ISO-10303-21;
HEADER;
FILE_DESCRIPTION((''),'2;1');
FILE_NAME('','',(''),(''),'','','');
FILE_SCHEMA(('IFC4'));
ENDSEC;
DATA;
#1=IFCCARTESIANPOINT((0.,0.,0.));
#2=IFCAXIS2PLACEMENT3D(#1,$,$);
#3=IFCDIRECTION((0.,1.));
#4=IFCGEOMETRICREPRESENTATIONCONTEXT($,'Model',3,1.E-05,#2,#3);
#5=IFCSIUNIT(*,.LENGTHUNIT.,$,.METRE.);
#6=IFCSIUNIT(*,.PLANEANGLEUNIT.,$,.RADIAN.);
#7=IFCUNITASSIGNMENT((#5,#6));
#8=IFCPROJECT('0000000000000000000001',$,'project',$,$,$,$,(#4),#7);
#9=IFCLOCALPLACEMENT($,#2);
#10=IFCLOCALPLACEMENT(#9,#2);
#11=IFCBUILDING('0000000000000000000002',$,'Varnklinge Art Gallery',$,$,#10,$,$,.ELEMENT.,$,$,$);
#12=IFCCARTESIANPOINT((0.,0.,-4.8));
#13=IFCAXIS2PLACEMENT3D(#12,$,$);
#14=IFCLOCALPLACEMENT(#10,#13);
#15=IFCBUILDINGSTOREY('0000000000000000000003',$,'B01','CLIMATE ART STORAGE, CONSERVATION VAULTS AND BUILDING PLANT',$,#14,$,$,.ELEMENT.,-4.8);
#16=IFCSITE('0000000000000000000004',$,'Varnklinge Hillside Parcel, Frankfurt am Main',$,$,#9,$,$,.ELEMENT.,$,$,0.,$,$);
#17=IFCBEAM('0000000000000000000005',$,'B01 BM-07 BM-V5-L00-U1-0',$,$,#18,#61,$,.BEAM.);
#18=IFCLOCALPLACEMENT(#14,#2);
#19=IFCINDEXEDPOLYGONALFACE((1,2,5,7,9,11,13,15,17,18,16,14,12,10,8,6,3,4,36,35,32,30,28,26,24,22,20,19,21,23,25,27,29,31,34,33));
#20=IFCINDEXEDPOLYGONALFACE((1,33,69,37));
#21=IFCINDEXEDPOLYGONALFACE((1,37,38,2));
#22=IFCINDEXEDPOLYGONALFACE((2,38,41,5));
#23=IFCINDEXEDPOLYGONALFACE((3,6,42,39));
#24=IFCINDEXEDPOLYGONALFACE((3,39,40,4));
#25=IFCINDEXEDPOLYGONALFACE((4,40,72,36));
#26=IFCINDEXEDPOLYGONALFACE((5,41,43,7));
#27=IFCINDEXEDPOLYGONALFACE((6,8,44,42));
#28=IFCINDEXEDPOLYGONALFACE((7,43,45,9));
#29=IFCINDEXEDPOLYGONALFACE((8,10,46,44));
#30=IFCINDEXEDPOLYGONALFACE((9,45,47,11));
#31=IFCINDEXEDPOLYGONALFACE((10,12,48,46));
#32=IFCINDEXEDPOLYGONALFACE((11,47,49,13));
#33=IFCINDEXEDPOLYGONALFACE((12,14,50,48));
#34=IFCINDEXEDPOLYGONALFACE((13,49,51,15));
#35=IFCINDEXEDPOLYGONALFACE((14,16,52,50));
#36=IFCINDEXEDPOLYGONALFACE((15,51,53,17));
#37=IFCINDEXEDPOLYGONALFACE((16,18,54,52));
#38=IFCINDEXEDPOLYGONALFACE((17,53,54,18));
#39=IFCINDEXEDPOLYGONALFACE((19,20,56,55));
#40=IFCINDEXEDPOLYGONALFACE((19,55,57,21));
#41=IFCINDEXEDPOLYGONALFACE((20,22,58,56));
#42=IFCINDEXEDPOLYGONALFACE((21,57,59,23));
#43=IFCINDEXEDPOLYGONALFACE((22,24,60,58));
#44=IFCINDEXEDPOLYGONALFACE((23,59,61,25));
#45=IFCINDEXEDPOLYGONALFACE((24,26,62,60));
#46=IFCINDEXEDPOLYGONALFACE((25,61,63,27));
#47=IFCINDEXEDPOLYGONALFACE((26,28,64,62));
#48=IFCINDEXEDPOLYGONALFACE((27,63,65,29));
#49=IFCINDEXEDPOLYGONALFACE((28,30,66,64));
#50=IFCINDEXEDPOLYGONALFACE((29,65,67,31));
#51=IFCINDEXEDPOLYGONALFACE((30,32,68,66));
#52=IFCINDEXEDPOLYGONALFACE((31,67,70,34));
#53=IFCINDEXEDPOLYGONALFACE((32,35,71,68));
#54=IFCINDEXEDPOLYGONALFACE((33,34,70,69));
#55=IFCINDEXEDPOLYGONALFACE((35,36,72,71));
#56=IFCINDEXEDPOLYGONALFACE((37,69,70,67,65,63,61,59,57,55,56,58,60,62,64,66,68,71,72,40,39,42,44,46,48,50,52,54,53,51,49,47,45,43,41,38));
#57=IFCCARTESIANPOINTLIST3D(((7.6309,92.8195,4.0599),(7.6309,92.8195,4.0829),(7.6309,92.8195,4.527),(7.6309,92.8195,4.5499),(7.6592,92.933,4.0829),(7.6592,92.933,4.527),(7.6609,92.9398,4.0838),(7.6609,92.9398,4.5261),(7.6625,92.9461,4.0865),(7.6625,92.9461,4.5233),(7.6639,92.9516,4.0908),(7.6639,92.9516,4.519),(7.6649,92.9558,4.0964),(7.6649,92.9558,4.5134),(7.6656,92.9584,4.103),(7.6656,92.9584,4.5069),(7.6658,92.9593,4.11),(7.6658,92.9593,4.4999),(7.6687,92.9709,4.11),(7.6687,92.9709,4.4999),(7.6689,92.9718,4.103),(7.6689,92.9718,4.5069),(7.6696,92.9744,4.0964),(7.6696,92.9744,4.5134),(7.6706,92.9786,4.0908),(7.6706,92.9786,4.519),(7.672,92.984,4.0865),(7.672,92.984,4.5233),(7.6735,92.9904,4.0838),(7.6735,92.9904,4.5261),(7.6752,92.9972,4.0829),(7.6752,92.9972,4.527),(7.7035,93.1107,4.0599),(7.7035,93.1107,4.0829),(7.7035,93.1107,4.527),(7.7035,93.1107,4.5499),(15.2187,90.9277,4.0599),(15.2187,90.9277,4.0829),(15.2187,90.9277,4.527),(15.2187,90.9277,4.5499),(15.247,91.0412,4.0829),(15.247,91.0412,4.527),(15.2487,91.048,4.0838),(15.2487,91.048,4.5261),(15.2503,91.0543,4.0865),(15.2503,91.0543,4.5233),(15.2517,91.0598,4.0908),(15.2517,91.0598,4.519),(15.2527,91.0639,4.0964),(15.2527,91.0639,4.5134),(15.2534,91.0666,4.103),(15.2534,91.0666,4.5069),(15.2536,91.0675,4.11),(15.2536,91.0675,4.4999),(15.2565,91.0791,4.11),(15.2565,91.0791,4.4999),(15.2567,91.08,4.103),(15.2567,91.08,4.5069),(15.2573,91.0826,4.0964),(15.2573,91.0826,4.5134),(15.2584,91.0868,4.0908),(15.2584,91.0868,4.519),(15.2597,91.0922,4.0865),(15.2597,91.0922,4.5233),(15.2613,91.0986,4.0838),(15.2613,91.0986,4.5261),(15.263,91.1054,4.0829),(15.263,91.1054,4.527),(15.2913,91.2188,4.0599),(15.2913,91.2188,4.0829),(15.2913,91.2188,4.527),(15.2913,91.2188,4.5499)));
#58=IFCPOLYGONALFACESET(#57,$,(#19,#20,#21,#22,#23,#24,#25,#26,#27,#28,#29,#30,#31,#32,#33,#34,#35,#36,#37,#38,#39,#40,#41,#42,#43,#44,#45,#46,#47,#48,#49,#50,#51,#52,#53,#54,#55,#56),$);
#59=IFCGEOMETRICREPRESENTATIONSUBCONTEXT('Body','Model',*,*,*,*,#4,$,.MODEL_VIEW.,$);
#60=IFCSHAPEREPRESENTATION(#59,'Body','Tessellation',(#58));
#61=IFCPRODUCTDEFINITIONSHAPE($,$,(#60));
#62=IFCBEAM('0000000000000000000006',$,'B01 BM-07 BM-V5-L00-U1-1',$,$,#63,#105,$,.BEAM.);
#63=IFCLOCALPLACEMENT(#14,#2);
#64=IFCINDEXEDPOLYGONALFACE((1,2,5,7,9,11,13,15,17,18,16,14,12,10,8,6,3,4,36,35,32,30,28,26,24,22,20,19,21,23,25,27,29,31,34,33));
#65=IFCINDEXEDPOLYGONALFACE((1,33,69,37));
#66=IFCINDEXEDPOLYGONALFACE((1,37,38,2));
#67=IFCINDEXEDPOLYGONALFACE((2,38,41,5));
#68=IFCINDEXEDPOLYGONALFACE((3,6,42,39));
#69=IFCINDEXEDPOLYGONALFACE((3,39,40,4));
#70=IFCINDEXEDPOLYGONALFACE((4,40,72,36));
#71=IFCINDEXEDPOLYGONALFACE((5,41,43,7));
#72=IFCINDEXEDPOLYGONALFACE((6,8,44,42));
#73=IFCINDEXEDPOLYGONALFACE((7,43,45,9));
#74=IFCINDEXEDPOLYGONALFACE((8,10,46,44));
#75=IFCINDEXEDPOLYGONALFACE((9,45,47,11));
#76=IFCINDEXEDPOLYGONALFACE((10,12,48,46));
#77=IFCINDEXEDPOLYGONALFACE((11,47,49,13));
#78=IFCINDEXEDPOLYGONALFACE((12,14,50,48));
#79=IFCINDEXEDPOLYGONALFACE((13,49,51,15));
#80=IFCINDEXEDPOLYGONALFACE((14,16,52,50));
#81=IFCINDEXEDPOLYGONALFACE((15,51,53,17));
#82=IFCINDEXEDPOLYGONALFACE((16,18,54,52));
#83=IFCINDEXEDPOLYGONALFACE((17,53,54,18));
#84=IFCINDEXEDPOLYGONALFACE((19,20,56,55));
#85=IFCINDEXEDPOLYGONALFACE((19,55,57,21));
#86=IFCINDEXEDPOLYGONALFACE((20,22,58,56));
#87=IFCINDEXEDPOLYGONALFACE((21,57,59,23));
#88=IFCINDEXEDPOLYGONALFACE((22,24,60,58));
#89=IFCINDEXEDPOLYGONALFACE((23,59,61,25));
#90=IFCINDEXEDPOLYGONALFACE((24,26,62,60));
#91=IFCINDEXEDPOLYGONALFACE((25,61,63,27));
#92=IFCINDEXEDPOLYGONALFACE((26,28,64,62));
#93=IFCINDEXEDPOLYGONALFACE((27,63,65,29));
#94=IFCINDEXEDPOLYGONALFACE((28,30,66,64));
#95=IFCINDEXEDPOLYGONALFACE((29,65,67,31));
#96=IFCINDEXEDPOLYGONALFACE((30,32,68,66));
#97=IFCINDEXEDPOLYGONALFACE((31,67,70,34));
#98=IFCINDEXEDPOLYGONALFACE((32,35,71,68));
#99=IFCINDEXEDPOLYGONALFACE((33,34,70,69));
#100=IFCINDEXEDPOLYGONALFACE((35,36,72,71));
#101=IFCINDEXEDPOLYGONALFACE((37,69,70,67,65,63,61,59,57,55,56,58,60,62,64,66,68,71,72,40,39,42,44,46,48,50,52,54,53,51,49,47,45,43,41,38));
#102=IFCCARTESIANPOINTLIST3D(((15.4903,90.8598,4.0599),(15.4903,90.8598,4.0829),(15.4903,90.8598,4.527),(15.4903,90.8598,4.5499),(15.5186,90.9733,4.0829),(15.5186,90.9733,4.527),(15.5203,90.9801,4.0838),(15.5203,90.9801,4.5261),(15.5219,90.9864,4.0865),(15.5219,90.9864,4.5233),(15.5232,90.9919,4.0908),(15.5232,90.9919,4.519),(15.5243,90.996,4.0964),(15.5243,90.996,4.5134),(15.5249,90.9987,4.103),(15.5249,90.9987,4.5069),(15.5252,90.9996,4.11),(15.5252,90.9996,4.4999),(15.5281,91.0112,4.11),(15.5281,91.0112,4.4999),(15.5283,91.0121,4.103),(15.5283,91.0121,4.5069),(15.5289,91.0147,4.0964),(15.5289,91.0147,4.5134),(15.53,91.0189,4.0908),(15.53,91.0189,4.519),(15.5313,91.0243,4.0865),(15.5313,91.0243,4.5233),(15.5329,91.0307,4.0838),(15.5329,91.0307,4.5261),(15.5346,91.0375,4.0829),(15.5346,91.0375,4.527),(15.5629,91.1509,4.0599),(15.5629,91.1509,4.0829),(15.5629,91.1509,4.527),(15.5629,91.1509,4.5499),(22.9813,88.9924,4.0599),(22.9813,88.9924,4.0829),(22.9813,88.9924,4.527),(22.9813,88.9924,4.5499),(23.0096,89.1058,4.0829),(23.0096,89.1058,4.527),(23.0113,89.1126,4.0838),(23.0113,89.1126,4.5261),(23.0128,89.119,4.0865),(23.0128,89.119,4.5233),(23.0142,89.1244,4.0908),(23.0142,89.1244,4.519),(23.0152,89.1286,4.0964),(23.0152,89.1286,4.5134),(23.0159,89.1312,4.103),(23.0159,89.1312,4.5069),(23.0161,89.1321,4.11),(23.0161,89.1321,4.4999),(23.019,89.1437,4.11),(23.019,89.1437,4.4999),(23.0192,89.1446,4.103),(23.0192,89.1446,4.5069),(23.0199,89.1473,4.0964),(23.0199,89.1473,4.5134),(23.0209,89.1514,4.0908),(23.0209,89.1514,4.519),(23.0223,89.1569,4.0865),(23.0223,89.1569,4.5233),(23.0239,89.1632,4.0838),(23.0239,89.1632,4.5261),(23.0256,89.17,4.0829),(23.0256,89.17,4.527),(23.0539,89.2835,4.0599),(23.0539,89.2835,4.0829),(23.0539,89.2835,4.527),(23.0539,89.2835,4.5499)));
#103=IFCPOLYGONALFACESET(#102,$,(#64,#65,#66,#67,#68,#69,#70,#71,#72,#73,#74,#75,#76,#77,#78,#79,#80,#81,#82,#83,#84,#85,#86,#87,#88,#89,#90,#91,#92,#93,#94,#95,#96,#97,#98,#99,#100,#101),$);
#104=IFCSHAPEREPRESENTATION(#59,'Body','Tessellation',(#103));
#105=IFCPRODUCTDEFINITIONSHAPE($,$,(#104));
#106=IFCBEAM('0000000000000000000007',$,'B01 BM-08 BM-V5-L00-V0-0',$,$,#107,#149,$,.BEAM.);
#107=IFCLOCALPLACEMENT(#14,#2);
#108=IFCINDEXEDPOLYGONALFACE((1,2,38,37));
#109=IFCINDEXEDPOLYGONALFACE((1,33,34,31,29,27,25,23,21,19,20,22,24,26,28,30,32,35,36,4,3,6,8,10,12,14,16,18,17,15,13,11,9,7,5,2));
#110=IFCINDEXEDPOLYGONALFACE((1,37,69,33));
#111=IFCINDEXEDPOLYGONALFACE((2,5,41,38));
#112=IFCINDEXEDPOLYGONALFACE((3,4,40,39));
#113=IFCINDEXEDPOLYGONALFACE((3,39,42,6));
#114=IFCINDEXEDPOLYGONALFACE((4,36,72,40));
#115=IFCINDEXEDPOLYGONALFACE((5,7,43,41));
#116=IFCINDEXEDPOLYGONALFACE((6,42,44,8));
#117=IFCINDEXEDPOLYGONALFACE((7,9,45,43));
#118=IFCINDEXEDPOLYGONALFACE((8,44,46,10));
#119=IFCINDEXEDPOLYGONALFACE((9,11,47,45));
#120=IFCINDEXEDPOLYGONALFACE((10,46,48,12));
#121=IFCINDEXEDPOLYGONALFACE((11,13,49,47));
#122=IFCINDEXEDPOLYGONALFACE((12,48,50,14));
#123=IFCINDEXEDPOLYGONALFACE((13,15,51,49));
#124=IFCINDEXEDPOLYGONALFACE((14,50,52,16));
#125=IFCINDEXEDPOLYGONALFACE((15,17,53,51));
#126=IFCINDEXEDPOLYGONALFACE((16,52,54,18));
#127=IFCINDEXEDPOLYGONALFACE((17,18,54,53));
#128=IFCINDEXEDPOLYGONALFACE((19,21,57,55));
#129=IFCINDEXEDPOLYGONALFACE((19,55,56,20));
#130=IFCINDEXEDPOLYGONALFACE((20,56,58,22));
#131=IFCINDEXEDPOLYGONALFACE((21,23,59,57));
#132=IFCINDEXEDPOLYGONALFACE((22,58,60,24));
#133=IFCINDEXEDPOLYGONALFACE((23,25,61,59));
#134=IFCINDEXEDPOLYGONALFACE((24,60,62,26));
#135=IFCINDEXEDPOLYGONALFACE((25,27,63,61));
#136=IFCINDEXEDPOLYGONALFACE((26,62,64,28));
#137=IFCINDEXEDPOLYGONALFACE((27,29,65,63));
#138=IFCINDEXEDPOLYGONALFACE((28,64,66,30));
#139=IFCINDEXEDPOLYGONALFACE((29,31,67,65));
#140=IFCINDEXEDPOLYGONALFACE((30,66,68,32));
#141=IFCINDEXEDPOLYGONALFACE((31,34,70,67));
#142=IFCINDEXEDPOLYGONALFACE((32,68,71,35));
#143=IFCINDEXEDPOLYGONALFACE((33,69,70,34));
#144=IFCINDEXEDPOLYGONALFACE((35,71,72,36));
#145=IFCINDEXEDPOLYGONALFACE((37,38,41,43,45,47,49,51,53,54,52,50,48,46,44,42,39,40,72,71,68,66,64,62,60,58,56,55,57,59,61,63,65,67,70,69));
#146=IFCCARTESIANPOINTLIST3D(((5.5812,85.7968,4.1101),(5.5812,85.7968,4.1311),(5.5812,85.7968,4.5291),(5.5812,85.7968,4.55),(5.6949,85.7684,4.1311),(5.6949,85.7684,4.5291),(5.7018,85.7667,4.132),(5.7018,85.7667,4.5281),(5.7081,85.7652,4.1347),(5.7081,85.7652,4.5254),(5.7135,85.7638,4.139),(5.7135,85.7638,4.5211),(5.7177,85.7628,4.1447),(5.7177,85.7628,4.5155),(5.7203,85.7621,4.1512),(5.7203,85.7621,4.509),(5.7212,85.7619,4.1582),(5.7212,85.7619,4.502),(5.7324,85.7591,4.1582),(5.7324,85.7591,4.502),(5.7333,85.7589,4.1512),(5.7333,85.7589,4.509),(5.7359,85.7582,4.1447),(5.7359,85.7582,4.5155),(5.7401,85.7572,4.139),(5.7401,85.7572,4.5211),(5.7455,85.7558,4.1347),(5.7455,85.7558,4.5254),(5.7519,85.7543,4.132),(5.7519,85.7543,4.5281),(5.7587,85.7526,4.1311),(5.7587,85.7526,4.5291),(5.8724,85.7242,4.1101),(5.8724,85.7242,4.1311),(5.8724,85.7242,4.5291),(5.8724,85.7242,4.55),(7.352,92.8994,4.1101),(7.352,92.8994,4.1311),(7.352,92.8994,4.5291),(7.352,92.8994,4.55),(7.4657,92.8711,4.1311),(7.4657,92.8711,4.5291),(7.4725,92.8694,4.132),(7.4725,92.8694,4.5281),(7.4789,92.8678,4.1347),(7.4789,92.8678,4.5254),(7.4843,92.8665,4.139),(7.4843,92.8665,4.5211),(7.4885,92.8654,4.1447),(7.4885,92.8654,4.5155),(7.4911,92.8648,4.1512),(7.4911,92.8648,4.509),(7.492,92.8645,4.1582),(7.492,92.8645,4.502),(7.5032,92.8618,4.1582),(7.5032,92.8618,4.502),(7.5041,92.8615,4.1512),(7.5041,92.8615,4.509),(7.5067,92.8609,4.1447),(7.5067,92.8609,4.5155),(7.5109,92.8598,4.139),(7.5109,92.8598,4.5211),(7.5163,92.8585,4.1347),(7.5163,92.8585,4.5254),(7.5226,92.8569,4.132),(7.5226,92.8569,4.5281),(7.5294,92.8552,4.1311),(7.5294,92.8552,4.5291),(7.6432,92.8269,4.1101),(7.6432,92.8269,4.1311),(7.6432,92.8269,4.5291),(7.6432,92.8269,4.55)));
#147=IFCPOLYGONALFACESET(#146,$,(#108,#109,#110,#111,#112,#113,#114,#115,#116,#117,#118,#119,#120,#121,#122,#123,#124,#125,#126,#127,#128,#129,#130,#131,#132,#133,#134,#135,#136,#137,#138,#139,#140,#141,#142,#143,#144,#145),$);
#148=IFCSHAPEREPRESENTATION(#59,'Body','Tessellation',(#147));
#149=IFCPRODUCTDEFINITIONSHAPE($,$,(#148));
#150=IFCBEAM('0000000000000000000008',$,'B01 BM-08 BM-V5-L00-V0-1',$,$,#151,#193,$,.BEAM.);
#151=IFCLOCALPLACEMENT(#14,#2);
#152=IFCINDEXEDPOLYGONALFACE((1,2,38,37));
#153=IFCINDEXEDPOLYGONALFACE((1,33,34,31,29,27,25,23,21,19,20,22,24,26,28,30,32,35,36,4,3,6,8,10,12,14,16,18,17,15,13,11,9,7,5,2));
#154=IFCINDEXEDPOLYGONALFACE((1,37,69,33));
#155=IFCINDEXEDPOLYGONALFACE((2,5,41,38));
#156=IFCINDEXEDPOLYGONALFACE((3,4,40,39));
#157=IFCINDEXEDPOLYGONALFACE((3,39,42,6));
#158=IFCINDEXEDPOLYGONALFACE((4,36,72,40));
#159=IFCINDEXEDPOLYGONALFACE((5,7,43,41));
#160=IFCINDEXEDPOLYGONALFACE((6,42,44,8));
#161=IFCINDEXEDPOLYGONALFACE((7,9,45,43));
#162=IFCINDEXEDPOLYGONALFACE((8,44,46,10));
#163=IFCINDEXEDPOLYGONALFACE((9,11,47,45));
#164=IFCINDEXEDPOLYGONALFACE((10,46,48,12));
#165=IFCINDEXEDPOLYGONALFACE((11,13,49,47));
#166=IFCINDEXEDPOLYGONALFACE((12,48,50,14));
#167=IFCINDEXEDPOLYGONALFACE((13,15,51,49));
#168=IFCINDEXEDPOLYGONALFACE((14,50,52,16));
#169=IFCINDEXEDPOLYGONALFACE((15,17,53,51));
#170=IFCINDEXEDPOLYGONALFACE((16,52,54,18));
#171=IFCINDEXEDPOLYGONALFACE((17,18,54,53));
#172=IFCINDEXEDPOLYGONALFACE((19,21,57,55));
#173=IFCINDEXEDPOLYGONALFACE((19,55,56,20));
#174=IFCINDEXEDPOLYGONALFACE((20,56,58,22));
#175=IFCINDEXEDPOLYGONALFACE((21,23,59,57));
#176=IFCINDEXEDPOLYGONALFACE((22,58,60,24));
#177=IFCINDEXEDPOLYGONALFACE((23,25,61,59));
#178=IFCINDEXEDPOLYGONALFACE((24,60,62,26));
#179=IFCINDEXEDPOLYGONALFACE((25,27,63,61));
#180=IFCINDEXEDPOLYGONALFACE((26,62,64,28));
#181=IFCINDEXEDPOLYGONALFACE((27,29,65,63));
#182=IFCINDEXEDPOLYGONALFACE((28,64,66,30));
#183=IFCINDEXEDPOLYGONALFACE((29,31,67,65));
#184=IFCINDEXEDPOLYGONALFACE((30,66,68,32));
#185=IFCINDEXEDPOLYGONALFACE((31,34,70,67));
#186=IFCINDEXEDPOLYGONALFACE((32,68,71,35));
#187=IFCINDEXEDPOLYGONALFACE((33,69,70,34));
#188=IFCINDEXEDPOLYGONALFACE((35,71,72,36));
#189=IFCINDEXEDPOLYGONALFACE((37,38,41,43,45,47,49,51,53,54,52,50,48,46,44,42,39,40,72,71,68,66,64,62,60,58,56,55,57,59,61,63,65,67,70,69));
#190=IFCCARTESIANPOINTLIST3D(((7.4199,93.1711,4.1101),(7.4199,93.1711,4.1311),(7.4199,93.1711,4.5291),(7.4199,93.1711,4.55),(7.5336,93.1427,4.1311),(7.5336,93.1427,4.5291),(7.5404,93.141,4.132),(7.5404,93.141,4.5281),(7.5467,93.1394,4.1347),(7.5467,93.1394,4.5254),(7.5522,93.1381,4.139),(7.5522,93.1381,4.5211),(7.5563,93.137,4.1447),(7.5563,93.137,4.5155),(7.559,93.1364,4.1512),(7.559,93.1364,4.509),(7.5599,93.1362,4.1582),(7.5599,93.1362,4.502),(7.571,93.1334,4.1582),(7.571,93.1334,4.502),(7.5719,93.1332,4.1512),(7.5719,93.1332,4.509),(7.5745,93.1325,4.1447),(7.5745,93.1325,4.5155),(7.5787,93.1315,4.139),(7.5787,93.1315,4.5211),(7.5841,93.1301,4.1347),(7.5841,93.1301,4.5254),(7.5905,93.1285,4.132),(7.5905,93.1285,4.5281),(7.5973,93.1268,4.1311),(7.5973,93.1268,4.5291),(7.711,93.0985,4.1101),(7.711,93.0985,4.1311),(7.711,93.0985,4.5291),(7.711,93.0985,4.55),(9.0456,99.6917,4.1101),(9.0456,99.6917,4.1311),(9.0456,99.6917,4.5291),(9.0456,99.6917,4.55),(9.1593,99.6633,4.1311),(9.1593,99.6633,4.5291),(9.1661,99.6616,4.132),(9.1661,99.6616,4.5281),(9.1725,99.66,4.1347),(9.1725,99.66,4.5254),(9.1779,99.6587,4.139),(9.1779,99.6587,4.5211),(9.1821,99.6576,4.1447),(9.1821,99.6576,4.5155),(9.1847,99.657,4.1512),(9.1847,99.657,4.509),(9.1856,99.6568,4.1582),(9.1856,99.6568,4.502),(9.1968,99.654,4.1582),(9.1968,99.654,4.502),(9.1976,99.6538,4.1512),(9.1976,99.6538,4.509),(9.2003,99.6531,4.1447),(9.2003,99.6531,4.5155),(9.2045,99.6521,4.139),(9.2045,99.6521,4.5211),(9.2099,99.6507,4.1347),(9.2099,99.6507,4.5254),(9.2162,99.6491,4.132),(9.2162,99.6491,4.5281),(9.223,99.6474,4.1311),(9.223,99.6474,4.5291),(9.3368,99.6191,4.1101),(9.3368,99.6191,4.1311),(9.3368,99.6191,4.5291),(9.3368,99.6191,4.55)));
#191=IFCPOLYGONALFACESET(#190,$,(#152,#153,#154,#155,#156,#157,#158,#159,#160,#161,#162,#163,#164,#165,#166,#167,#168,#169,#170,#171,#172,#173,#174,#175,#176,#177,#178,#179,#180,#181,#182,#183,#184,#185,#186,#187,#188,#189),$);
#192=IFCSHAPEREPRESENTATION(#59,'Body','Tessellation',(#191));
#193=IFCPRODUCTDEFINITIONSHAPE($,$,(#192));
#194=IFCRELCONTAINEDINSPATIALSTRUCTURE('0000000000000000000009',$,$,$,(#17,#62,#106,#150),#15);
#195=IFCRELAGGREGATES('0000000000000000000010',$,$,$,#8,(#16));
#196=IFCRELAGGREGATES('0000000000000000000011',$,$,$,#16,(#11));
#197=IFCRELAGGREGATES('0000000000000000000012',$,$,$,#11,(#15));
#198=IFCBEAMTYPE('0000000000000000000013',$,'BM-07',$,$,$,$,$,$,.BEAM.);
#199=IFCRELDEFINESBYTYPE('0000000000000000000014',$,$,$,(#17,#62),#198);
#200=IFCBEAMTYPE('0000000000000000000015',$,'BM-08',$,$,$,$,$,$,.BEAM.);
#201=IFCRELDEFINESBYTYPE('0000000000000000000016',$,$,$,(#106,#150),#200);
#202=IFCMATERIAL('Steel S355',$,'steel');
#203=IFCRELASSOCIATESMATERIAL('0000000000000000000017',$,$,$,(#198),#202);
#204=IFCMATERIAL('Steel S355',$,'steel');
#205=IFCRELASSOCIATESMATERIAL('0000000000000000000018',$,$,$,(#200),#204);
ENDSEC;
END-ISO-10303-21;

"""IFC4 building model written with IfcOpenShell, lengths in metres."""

from ifc_helpers import new_model, si_unit, direction, frame, origin, origin_2d, place, context, subcontext, project, spatial, i_section, extrude, material, material_profile, profile_set, type_object, element, save


model = new_model("IFC4")

# Units and contexts
model_context = context("Model", 3, precision=1e-05, world=origin(), true_north=direction((0.0, 1.0)))
body_context = subcontext(model_context, "Body", "Model", "MODEL_VIEW")
ifc_project = project(units=[si_unit("LENGTHUNIT", "METRE"), si_unit("PLANEANGLEUNIT", "RADIAN")], contexts=[model_context])

# Site, building, storey
site_placement = place(None, origin())
site = spatial("IfcSite", under=ifc_project, at=site_placement, Name="Varnklinge Hillside Parcel, Frankfurt am Main", CompositionType="ELEMENT", RefElevation=0.0)
building_placement = place(site_placement, origin())
building = spatial("IfcBuilding", under=site, at=building_placement, Name="Varnklinge Art Gallery", CompositionType="ELEMENT")
storey_placement = place(building_placement, frame((0.0, 0.0, -4.8)))
storey = spatial("IfcBuildingStorey", under=building, at=storey_placement, Name="B01", Description="CLIMATE ART STORAGE, CONSERVATION VAULTS AND BUILDING PLANT", CompositionType="ELEMENT", Elevation=-4.8)

# Beams
ifc_material_1 = material(Name="Steel S355", Category="steel")
ifc_material_profile_1 = material_profile(ifc_material_1, i_section(OverallWidth=0.3, OverallDepth=0.49, WebThickness=0.012, FlangeThickness=0.0229, FilletRadius=0.0271, at=origin_2d()), Name="HEA 500")
ifc_profile_set_1 = profile_set([ifc_material_profile_1], Name="Steel S355")
beam_type_1 = type_object("IfcBeamType", Name="BM-07", PredefinedType="BEAM", material=ifc_profile_set_1)
for number, where, z_axis, x_axis, name in (
    (1, (7.6672, 92.9651, 4.3049), (0.970297, -0.241919, 0.0), (0.241919, 0.970297, 0.0), "B01 BM-07 BM-V5-L00-U1-0"),
):
    element("IfcBeam", number, at=place(storey_placement, frame(where, z_axis=z_axis, x_axis=x_axis)), inside=storey, type_object=beam_type_1, Name=name, PredefinedType="BEAM", context=body_context, shape_type="SweptSolid", body=[
        extrude(i_section(OverallWidth=0.3, OverallDepth=0.49, WebThickness=0.012, FlangeThickness=0.0229, FilletRadius=0.0271, at=origin_2d()), origin(), (0.0, 0.0, 1.0), 7.8201),
    ])
beam_1_placement = place(storey_placement, frame((15.5266, 91.0054, 4.3049), z_axis=(0.970304, -0.241888, 0.0), x_axis=(0.241888, 0.970304, 0.0)))
element("IfcBeam", 2, at=beam_1_placement, inside=storey, type_object=beam_type_1, Name="B01 BM-07 BM-V5-L00-U1-1", PredefinedType="BEAM", context=body_context, shape_type="SweptSolid", body=[
    extrude(i_section(OverallWidth=0.3, OverallDepth=0.49, WebThickness=0.012, FlangeThickness=0.0229, FilletRadius=0.0271, at=origin_2d()), origin(), (0.0, 0.0, 1.0), 7.7202),
])
ifc_material_2 = material(Name="Steel S355", Category="steel")
ifc_material_profile_2 = material_profile(ifc_material_2, i_section(OverallWidth=0.3, OverallDepth=0.4399, WebThickness=0.0115, FlangeThickness=0.021, FilletRadius=0.0271, at=origin_2d()), Name="HEA 450")
ifc_profile_set_2 = profile_set([ifc_material_profile_2], Name="Steel S355")
beam_type_2 = type_object("IfcBeamType", Name="BM-08", PredefinedType="BEAM", material=ifc_profile_set_2)
beam_2_placement = place(storey_placement, frame((5.7268, 85.7605, 4.3301), z_axis=(0.241908, 0.970299, 0.0), x_axis=(-0.970299, 0.241908, 0.0)))
element("IfcBeam", 3, at=beam_2_placement, inside=storey, type_object=beam_type_2, Name="B01 BM-08 BM-V5-L00-V0-0", PredefinedType="BEAM", context=body_context, shape_type="SweptSolid", body=[
    extrude(i_section(OverallWidth=0.3, OverallDepth=0.4399, WebThickness=0.0115, FlangeThickness=0.021, FilletRadius=0.0271, at=origin_2d()), origin(), (0.0, 0.0, 1.0), 7.3201),
])
for number, where, z_axis, x_axis, name in (
    (4, (7.5654, 93.1348, 4.3301), (0.24192, 0.970296, 0.0), (-0.970296, 0.24192, 0.0), "B01 BM-08 BM-V5-L00-V0-1"),
):
    element("IfcBeam", number, at=place(storey_placement, frame(where, z_axis=z_axis, x_axis=x_axis)), inside=storey, type_object=beam_type_2, Name=name, PredefinedType="BEAM", context=body_context, shape_type="SweptSolid", body=[
        extrude(i_section(OverallWidth=0.3, OverallDepth=0.4399, WebThickness=0.0115, FlangeThickness=0.021, FilletRadius=0.0271, at=origin_2d()), origin(), (0.0, 0.0, 1.0), 6.7202),
    ])

save(model, "model.ifc")
